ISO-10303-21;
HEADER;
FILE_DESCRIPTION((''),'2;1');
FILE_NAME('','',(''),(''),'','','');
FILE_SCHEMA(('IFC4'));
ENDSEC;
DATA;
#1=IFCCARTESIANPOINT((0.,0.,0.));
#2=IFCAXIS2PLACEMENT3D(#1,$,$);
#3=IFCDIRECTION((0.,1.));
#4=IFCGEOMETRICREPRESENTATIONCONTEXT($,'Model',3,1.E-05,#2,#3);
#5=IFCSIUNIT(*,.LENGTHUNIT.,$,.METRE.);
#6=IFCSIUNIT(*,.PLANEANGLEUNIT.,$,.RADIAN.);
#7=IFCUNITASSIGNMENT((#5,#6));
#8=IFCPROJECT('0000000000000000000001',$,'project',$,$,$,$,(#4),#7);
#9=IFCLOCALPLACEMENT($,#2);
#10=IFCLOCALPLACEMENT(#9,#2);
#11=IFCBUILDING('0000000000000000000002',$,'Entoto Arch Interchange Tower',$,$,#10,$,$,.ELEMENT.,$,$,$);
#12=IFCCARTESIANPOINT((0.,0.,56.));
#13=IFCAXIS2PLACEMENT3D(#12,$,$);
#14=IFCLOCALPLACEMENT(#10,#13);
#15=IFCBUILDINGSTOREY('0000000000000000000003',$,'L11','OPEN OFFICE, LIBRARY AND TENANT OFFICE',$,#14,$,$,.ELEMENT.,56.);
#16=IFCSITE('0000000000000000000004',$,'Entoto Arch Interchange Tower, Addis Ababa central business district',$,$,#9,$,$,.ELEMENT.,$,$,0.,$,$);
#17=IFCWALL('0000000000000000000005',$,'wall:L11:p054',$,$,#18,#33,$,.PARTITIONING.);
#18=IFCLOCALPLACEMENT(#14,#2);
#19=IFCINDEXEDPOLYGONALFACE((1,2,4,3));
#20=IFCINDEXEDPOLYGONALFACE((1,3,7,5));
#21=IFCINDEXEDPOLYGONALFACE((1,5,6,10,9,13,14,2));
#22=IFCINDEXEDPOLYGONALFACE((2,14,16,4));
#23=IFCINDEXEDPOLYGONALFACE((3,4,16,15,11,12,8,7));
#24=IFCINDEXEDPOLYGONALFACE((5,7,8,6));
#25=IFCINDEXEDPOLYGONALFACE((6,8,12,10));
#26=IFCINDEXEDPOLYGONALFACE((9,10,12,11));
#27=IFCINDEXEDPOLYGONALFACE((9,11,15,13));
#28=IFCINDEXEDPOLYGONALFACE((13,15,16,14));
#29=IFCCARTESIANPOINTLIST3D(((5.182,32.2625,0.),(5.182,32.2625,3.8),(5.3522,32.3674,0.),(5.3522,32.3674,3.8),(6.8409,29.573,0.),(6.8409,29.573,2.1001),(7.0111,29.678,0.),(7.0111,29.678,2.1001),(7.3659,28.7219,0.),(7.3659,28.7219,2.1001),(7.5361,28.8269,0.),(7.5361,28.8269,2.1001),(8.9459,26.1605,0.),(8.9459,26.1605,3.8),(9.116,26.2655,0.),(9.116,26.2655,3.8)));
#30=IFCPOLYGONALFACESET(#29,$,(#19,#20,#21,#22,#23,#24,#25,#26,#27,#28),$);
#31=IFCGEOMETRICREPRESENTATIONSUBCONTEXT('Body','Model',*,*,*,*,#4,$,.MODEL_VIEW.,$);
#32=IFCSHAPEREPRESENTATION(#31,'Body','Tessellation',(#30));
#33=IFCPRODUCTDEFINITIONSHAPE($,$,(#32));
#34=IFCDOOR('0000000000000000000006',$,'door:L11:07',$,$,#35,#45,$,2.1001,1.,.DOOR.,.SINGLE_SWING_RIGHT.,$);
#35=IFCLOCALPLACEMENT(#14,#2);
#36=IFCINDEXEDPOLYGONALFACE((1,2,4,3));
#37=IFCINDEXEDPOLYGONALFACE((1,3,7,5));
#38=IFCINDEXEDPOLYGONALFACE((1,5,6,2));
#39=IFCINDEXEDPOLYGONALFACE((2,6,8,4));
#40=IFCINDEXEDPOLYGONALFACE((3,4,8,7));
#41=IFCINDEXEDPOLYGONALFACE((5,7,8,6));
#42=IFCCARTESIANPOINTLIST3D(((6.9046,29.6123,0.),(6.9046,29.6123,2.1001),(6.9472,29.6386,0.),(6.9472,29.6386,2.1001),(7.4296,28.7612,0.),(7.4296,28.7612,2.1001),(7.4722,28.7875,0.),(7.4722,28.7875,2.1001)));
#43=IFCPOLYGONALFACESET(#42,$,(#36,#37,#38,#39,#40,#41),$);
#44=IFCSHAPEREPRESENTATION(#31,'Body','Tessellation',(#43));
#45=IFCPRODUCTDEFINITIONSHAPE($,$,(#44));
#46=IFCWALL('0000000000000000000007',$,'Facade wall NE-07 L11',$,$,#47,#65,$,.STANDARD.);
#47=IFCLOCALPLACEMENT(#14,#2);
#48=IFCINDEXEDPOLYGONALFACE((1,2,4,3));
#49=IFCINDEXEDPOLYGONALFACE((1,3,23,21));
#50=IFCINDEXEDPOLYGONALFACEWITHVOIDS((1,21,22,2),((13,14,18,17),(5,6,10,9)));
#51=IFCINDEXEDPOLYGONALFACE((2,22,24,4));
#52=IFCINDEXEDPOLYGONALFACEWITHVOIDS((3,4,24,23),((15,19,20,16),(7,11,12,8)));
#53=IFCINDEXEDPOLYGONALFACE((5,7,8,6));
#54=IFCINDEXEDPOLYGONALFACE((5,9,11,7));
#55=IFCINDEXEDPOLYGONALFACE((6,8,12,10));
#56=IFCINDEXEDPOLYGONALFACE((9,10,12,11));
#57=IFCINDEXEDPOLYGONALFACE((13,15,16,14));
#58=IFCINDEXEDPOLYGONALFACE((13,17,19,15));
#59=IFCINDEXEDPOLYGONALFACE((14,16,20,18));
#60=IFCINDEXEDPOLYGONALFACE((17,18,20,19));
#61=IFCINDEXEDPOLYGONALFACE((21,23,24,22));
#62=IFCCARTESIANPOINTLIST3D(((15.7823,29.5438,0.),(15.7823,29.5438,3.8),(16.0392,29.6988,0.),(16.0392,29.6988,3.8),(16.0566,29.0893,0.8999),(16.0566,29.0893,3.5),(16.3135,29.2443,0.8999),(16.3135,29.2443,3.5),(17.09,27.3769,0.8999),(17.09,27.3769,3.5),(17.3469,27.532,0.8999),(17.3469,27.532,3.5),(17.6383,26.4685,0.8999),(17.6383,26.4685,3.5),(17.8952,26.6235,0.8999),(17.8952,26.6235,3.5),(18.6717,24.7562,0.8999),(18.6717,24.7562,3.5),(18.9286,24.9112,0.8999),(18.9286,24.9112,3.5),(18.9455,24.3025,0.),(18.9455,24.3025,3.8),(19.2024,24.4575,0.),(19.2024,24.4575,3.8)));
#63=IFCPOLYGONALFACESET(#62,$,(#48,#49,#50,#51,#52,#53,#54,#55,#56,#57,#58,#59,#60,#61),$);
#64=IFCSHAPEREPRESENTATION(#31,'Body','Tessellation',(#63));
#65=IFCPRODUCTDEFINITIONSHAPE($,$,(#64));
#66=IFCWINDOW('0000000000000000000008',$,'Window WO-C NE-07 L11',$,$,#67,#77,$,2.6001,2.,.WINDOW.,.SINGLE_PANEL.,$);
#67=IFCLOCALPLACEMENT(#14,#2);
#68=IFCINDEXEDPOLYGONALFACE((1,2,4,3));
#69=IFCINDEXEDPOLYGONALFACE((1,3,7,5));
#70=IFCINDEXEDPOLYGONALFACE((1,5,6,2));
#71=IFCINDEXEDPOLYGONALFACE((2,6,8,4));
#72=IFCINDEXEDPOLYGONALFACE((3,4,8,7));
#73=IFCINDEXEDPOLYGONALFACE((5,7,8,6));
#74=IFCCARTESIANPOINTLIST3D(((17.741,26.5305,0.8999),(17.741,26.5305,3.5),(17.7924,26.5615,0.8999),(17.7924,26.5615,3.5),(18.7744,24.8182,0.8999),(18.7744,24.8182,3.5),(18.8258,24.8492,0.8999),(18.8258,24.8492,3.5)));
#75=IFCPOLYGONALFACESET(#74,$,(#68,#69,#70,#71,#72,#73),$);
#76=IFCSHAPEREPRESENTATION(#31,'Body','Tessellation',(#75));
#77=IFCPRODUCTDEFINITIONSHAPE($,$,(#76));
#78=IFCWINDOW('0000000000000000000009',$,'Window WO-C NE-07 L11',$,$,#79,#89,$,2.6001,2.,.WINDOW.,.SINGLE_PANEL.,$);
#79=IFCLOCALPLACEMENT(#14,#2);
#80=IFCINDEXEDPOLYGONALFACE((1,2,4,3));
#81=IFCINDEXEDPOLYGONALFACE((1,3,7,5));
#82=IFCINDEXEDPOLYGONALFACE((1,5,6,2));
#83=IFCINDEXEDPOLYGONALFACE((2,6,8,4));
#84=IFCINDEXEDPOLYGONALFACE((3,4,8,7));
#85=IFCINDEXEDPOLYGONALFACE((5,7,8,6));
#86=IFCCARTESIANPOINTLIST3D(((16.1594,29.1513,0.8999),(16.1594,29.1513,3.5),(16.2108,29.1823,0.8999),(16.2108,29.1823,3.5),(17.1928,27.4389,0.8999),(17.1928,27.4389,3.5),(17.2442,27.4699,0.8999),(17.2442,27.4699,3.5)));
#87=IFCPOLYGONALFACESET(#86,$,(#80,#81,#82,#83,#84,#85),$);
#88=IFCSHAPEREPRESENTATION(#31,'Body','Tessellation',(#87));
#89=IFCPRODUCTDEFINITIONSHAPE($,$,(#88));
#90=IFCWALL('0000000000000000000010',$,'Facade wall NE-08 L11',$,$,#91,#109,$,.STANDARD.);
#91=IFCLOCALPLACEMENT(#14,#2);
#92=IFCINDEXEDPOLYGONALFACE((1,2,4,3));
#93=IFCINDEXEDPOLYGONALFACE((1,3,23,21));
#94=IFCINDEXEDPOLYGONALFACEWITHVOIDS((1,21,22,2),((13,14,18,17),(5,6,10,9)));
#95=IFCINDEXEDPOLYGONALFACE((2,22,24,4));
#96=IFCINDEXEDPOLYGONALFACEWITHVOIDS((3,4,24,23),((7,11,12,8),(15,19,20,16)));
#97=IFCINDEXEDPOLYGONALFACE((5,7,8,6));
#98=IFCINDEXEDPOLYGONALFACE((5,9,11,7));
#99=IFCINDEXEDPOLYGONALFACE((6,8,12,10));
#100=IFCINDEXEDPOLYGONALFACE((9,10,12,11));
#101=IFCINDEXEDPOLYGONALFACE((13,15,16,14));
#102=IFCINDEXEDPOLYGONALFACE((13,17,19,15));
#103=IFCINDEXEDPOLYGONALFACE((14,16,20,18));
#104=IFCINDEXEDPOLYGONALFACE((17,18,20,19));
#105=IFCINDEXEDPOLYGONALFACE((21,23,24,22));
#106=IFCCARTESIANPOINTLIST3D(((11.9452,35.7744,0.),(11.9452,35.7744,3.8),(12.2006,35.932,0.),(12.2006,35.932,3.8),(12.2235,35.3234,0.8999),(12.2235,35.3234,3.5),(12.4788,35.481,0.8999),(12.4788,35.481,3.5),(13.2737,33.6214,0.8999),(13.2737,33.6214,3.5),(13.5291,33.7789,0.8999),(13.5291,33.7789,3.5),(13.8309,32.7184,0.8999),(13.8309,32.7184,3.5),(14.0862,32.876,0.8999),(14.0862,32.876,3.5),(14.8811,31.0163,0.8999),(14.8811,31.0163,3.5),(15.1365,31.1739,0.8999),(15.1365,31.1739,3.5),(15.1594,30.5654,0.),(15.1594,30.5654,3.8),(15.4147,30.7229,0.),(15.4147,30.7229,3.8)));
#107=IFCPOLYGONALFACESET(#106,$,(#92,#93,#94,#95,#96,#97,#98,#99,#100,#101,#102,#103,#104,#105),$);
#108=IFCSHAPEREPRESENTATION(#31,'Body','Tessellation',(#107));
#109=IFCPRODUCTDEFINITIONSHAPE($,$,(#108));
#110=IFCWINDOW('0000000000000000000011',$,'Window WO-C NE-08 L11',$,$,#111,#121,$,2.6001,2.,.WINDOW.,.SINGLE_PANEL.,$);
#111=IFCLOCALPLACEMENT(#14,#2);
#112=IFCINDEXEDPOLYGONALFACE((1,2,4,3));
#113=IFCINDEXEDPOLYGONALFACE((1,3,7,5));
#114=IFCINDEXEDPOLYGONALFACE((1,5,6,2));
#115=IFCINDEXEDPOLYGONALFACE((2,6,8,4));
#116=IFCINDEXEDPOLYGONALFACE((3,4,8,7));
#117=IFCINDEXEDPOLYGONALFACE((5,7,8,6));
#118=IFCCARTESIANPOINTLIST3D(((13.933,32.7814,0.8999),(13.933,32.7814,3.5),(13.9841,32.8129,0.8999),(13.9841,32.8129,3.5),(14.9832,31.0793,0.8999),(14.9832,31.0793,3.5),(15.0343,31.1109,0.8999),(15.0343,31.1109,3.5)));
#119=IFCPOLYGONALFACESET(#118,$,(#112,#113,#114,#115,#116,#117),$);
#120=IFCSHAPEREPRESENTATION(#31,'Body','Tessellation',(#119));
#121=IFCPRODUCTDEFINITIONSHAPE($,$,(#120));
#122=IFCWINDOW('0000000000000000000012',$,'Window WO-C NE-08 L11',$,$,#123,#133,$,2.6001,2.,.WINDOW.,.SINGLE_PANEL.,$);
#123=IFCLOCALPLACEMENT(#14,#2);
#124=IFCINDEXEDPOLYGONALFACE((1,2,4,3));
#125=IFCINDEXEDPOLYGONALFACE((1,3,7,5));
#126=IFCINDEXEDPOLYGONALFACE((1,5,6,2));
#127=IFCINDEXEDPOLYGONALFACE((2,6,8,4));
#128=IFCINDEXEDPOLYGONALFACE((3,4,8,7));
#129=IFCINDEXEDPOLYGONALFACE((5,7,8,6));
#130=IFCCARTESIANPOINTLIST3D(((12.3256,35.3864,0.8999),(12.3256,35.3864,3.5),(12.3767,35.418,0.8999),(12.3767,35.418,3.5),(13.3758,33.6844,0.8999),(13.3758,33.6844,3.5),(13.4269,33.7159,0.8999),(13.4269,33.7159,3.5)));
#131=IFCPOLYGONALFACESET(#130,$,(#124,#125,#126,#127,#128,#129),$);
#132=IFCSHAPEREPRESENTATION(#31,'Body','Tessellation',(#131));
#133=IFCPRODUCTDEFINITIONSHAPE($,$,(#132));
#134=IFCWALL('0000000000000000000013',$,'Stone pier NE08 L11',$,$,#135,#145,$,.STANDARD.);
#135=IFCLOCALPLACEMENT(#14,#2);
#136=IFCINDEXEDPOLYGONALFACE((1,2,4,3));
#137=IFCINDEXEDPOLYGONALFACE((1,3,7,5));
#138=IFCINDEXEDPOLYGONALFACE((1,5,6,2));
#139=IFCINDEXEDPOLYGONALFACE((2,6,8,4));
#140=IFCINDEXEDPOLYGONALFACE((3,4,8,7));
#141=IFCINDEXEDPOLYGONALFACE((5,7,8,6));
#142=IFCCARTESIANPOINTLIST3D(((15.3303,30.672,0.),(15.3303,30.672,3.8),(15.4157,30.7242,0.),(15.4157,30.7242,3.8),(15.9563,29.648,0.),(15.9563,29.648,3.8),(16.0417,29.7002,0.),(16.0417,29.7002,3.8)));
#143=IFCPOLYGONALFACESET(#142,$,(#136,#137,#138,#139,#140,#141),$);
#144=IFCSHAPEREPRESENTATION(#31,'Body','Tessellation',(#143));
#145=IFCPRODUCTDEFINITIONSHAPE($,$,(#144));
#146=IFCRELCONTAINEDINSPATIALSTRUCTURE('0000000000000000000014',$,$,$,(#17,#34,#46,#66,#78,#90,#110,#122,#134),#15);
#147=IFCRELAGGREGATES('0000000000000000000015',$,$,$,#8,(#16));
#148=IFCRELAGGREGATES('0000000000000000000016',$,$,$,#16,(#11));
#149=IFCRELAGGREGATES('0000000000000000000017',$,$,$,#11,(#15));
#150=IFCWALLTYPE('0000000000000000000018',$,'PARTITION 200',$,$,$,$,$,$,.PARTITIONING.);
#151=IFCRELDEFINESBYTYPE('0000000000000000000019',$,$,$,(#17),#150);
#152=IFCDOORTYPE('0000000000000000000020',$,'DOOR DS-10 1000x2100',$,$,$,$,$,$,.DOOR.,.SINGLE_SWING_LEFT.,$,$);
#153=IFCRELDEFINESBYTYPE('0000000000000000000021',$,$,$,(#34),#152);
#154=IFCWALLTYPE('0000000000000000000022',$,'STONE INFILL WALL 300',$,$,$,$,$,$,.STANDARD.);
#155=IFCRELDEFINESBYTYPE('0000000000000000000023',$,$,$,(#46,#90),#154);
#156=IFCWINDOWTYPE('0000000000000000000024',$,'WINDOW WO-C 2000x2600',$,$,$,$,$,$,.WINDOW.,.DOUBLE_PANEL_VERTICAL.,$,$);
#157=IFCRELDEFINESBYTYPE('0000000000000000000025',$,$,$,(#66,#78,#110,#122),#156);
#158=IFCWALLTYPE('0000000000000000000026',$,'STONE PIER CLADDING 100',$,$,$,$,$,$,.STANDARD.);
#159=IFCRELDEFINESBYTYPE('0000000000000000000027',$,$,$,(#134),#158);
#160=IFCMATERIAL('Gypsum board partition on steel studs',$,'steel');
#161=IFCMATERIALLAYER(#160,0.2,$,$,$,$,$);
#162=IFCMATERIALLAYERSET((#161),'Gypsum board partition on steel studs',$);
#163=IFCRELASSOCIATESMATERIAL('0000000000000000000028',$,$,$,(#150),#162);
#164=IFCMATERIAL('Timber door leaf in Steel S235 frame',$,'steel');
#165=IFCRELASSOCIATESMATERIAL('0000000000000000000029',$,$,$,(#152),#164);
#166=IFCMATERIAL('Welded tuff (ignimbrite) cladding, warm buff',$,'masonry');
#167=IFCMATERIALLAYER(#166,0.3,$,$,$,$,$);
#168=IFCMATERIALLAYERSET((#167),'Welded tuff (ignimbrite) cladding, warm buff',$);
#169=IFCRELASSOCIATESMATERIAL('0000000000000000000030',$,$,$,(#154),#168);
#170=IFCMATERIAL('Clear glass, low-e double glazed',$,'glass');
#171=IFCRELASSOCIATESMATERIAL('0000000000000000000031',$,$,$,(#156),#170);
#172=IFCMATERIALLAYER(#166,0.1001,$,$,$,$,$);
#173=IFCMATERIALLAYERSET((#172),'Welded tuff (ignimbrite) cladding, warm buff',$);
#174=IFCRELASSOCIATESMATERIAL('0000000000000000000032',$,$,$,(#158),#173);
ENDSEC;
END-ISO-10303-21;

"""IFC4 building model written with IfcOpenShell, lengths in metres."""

from ifc_helpers import new_model, si_unit, direction, frame, frame_2d, origin, place, context, subcontext, project, spatial, rectangle, extrude, material, layer, layer_set, type_object, element, fill, save


model = new_model("IFC4")

# Units and contexts
model_context = context("Model", 3, precision=1e-05, world=origin(), true_north=direction((0.0, 1.0)))
body_context = subcontext(model_context, "Body", "Model", "MODEL_VIEW")
ifc_project = project(units=[si_unit("LENGTHUNIT", "METRE"), si_unit("PLANEANGLEUNIT", "RADIAN")], contexts=[model_context])

# Site, building, storey
site_placement = place(None, origin())
site = spatial("IfcSite", under=ifc_project, at=site_placement, Name="Entoto Arch Interchange Tower, Addis Ababa central business district", CompositionType="ELEMENT", RefElevation=0.0)
building_placement = place(site_placement, origin())
building = spatial("IfcBuilding", under=site, at=building_placement, Name="Entoto Arch Interchange Tower", CompositionType="ELEMENT")
storey_placement = place(building_placement, frame((0.0, 0.0, 56.0)))
storey = spatial("IfcBuildingStorey", under=building, at=storey_placement, Name="L11", Description="OPEN OFFICE, LIBRARY AND TENANT OFFICE", CompositionType="ELEMENT", Elevation=56.0)

# Shared definitions
ifc_material_1 = material(Name="Gypsum board partition on steel studs", Category="steel")
ifc_layer_1 = layer(ifc_material_1, 0.2)
ifc_layer_set_1 = layer_set([ifc_layer_1], Name="Gypsum board partition on steel studs")
wall_type_1 = type_object("IfcWallType", Name="PARTITION 200", PredefinedType="PARTITIONING", material=ifc_layer_set_1)

# Shared definitions
ifc_material_2 = material(Name="Timber door leaf in Steel S235 frame", Category="steel")
door_type = type_object("IfcDoorType", Name="DOOR DS-10 1000x2100", OperationType="SINGLE_SWING_LEFT", PredefinedType="DOOR", material=ifc_material_2)

# Wall, opening, door
wall_1_placement = place(storey_placement, frame((5.2671, 32.3149, 0.0), z_axis=(0.0, 0.0, 1.0), x_axis=(0.524988, -0.85111, 0.0)))
wall_1 = element("IfcWall", 1, at=wall_1_placement, inside=storey, type_object=wall_type_1, Name="wall:L11:p054", PredefinedType="PARTITIONING", context=body_context, shape_type="SweptSolid", body=[
    extrude(rectangle(XDim=7.1694, YDim=0.2, at=frame_2d((3.5847, 0.0))), origin(), (0.0, 0.0, 1.0), 3.8),
])
opening_1_placement = place(wall_1_placement, frame((3.1599, 0.0, 0.0)))
opening_1 = element("IfcOpeningElement", 2, at=opening_1_placement, cuts=wall_1, PredefinedType="OPENING", context=body_context, shape_type="SweptSolid", body=[
    extrude(rectangle(XDim=1.0, YDim=2.1001, at=frame_2d((0.5, 1.05))), frame((0.0, 0.1099, 0.0), z_axis=(0.0, -1.0, 0.0), x_axis=(1.0, 0.0, 0.0)), (0.0, 0.0, 1.0), 0.22),
])
door_1_placement = place(opening_1_placement, origin())
door_1 = element("IfcDoor", 3, at=door_1_placement, inside=storey, type_object=door_type, Name="door:L11:07", OperationType="SINGLE_SWING_RIGHT", OverallHeight=2.1001, OverallWidth=1.0, PredefinedType="DOOR", context=body_context, shape_type="SweptSolid", body=[
    extrude(rectangle(XDim=1.0, YDim=2.1001, at=frame_2d((0.5, 1.05))), frame((0.0, 0.0249, 0.0), z_axis=(0.0, -1.0, 0.0), x_axis=(1.0, 0.0, 0.0)), (0.0, 0.0, 1.0), 0.05),
])
fill(opening_1, door_1)

# Walls, openings, windows
ifc_material_3 = material(Name="Welded tuff (ignimbrite) cladding, warm buff", Category="masonry")
ifc_layer_2 = layer(ifc_material_3, 0.3)
ifc_layer_set_2 = layer_set([ifc_layer_2], Name="Welded tuff (ignimbrite) cladding, warm buff")
wall_type_2 = type_object("IfcWallType", Name="STONE INFILL WALL 300", PredefinedType="STANDARD", material=ifc_layer_set_2)
wall_2_placement = place(storey_placement, frame((19.074, 24.3799, 0.0), z_axis=(0.0, 0.0, 1.0), x_axis=(-0.516699, 0.856167, 0.0)))
wall_2 = element("IfcWall", 4, at=wall_2_placement, inside=storey, type_object=wall_type_2, Name="Facade wall NE-07 L11", PredefinedType="STANDARD", context=body_context, shape_type="SweptSolid", body=[
    extrude(rectangle(XDim=6.1218, YDim=0.3, at=frame_2d((3.061, 0.0))), origin(), (0.0, 0.0, 1.0), 3.8),
])
opening_2_placement = place(wall_2_placement, frame((0.53, 0.0, 0.8999)))
opening_2 = element("IfcOpeningElement", 5, at=opening_2_placement, cuts=wall_2, PredefinedType="OPENING", context=body_context, shape_type="SweptSolid", body=[
    extrude(rectangle(XDim=2.0, YDim=2.6001, at=frame_2d((1.0, 1.3))), frame((0.0, 0.1602, 0.0), z_axis=(0.0, -1.0, 0.0), x_axis=(1.0, 0.0, 0.0)), (0.0, 0.0, 1.0), 0.3201),
])
opening_3_placement = place(wall_2_placement, frame((3.5911, 0.0, 0.8999)))
opening_3 = element("IfcOpeningElement", 6, at=opening_3_placement, cuts=wall_2, PredefinedType="OPENING", context=body_context, shape_type="SweptSolid", body=[
    extrude(rectangle(XDim=2.0, YDim=2.6001, at=frame_2d((1.0, 1.3))), frame((0.0, 0.1602, 0.0), z_axis=(0.0, -1.0, 0.0), x_axis=(1.0, 0.0, 0.0)), (0.0, 0.0, 1.0), 0.3201),
])
ifc_material_4 = material(Name="Clear glass, low-e double glazed", Category="glass")
window_type = type_object("IfcWindowType", Name="WINDOW WO-C 2000x2600", PartitioningType="DOUBLE_PANEL_VERTICAL", PredefinedType="WINDOW", material=ifc_material_4)
window_1_placement = place(opening_2_placement, origin())
window_1 = element("IfcWindow", 7, at=window_1_placement, inside=storey, type_object=window_type, Name="Window WO-C NE-07 L11", OverallHeight=2.6001, OverallWidth=2.0, PartitioningType="SINGLE_PANEL", PredefinedType="WINDOW", context=body_context, shape_type="SweptSolid", body=[
    extrude(rectangle(XDim=2.0, YDim=2.6001, at=frame_2d((1.0, 1.3))), frame((0.0, 0.03, 0.0), z_axis=(0.0, -1.0, 0.0), x_axis=(1.0, 0.0, 0.0)), (0.0, 0.0, 1.0), 0.0601),
])
fill(opening_2, window_1)
window_2_placement = place(opening_3_placement, origin())
window_2 = element("IfcWindow", 8, at=window_2_placement, inside=storey, type_object=window_type, Name="Window WO-C NE-07 L11", OverallHeight=2.6001, OverallWidth=2.0, PartitioningType="SINGLE_PANEL", PredefinedType="WINDOW", context=body_context, shape_type="SweptSolid", body=[
    extrude(rectangle(XDim=2.0, YDim=2.6001, at=frame_2d((1.0, 1.3))), frame((0.0, 0.03, 0.0), z_axis=(0.0, -1.0, 0.0), x_axis=(1.0, 0.0, 0.0)), (0.0, 0.0, 1.0), 0.0601),
])
fill(opening_3, window_2)
wall_3_placement = place(storey_placement, frame((15.2871, 30.644, 0.0), z_axis=(0.0, 0.0, 1.0), x_axis=(-0.525114, 0.851032, 0.0)))
wall_3 = element("IfcWall", 9, at=wall_3_placement, inside=storey, type_object=wall_type_2, Name="Facade wall NE-08 L11", PredefinedType="STANDARD", context=body_context, shape_type="SweptSolid", body=[
    extrude(rectangle(XDim=6.1208, YDim=0.3, at=frame_2d((3.0605, 0.0))), origin(), (0.0, 0.0, 1.0), 3.8),
])
opening_4_placement = place(wall_3_placement, frame((0.53, 0.0, 0.8999)))
opening_4 = element("IfcOpeningElement", 10, at=opening_4_placement, cuts=wall_3, PredefinedType="OPENING", context=body_context, shape_type="SweptSolid", body=[
    extrude(rectangle(XDim=2.0, YDim=2.6001, at=frame_2d((1.0, 1.3))), frame((0.0, 0.1602, 0.0), z_axis=(0.0, -1.0, 0.0), x_axis=(1.0, 0.0, 0.0)), (0.0, 0.0, 1.0), 0.3201),
])
opening_5_placement = place(wall_3_placement, frame((3.5911, 0.0, 0.8999)))
opening_5 = element("IfcOpeningElement", 11, at=opening_5_placement, cuts=wall_3, PredefinedType="OPENING", context=body_context, shape_type="SweptSolid", body=[
    extrude(rectangle(XDim=2.0, YDim=2.6001, at=frame_2d((1.0, 1.3))), frame((0.0, 0.1602, 0.0), z_axis=(0.0, -1.0, 0.0), x_axis=(1.0, 0.0, 0.0)), (0.0, 0.0, 1.0), 0.3201),
])
window_3_placement = place(opening_4_placement, origin())
window_3 = element("IfcWindow", 12, at=window_3_placement, inside=storey, type_object=window_type, Name="Window WO-C NE-08 L11", OverallHeight=2.6001, OverallWidth=2.0, PartitioningType="SINGLE_PANEL", PredefinedType="WINDOW", context=body_context, shape_type="SweptSolid", body=[
    extrude(rectangle(XDim=2.0, YDim=2.6001, at=frame_2d((1.0, 1.3))), frame((0.0, 0.03, 0.0), z_axis=(0.0, -1.0, 0.0), x_axis=(1.0, 0.0, 0.0)), (0.0, 0.0, 1.0), 0.0601),
])
fill(opening_4, window_3)
window_4_placement = place(opening_5_placement, origin())
window_4 = element("IfcWindow", 13, at=window_4_placement, inside=storey, type_object=window_type, Name="Window WO-C NE-08 L11", OverallHeight=2.6001, OverallWidth=2.0, PartitioningType="SINGLE_PANEL", PredefinedType="WINDOW", context=body_context, shape_type="SweptSolid", body=[
    extrude(rectangle(XDim=2.0, YDim=2.6001, at=frame_2d((1.0, 1.3))), frame((0.0, 0.03, 0.0), z_axis=(0.0, -1.0, 0.0), x_axis=(1.0, 0.0, 0.0)), (0.0, 0.0, 1.0), 0.0601),
])
fill(opening_5, window_4)

# Wall
ifc_layer_3 = layer(ifc_material_3, 0.1001)
ifc_layer_set_3 = layer_set([ifc_layer_3], Name="Welded tuff (ignimbrite) cladding, warm buff")
wall_type_3 = type_object("IfcWallType", Name="STONE PIER CLADDING 100", PredefinedType="STANDARD", material=ifc_layer_set_3)
wall_4_placement = place(storey_placement, frame((15.999, 29.6741, 0.0), z_axis=(0.0, 0.0, 1.0), x_axis=(-0.521598, 0.853191, 0.0)))
element("IfcWall", 14, at=wall_4_placement, inside=storey, type_object=wall_type_3, Name="Stone pier NE08 L11", PredefinedType="STANDARD", context=body_context, shape_type="SweptSolid", body=[
    extrude(rectangle(XDim=1.2002, YDim=0.1001, at=frame_2d((0.6001, 0.0))), origin(), (0.0, 0.0, 1.0), 3.8),
])

save(model, "model.ifc")
